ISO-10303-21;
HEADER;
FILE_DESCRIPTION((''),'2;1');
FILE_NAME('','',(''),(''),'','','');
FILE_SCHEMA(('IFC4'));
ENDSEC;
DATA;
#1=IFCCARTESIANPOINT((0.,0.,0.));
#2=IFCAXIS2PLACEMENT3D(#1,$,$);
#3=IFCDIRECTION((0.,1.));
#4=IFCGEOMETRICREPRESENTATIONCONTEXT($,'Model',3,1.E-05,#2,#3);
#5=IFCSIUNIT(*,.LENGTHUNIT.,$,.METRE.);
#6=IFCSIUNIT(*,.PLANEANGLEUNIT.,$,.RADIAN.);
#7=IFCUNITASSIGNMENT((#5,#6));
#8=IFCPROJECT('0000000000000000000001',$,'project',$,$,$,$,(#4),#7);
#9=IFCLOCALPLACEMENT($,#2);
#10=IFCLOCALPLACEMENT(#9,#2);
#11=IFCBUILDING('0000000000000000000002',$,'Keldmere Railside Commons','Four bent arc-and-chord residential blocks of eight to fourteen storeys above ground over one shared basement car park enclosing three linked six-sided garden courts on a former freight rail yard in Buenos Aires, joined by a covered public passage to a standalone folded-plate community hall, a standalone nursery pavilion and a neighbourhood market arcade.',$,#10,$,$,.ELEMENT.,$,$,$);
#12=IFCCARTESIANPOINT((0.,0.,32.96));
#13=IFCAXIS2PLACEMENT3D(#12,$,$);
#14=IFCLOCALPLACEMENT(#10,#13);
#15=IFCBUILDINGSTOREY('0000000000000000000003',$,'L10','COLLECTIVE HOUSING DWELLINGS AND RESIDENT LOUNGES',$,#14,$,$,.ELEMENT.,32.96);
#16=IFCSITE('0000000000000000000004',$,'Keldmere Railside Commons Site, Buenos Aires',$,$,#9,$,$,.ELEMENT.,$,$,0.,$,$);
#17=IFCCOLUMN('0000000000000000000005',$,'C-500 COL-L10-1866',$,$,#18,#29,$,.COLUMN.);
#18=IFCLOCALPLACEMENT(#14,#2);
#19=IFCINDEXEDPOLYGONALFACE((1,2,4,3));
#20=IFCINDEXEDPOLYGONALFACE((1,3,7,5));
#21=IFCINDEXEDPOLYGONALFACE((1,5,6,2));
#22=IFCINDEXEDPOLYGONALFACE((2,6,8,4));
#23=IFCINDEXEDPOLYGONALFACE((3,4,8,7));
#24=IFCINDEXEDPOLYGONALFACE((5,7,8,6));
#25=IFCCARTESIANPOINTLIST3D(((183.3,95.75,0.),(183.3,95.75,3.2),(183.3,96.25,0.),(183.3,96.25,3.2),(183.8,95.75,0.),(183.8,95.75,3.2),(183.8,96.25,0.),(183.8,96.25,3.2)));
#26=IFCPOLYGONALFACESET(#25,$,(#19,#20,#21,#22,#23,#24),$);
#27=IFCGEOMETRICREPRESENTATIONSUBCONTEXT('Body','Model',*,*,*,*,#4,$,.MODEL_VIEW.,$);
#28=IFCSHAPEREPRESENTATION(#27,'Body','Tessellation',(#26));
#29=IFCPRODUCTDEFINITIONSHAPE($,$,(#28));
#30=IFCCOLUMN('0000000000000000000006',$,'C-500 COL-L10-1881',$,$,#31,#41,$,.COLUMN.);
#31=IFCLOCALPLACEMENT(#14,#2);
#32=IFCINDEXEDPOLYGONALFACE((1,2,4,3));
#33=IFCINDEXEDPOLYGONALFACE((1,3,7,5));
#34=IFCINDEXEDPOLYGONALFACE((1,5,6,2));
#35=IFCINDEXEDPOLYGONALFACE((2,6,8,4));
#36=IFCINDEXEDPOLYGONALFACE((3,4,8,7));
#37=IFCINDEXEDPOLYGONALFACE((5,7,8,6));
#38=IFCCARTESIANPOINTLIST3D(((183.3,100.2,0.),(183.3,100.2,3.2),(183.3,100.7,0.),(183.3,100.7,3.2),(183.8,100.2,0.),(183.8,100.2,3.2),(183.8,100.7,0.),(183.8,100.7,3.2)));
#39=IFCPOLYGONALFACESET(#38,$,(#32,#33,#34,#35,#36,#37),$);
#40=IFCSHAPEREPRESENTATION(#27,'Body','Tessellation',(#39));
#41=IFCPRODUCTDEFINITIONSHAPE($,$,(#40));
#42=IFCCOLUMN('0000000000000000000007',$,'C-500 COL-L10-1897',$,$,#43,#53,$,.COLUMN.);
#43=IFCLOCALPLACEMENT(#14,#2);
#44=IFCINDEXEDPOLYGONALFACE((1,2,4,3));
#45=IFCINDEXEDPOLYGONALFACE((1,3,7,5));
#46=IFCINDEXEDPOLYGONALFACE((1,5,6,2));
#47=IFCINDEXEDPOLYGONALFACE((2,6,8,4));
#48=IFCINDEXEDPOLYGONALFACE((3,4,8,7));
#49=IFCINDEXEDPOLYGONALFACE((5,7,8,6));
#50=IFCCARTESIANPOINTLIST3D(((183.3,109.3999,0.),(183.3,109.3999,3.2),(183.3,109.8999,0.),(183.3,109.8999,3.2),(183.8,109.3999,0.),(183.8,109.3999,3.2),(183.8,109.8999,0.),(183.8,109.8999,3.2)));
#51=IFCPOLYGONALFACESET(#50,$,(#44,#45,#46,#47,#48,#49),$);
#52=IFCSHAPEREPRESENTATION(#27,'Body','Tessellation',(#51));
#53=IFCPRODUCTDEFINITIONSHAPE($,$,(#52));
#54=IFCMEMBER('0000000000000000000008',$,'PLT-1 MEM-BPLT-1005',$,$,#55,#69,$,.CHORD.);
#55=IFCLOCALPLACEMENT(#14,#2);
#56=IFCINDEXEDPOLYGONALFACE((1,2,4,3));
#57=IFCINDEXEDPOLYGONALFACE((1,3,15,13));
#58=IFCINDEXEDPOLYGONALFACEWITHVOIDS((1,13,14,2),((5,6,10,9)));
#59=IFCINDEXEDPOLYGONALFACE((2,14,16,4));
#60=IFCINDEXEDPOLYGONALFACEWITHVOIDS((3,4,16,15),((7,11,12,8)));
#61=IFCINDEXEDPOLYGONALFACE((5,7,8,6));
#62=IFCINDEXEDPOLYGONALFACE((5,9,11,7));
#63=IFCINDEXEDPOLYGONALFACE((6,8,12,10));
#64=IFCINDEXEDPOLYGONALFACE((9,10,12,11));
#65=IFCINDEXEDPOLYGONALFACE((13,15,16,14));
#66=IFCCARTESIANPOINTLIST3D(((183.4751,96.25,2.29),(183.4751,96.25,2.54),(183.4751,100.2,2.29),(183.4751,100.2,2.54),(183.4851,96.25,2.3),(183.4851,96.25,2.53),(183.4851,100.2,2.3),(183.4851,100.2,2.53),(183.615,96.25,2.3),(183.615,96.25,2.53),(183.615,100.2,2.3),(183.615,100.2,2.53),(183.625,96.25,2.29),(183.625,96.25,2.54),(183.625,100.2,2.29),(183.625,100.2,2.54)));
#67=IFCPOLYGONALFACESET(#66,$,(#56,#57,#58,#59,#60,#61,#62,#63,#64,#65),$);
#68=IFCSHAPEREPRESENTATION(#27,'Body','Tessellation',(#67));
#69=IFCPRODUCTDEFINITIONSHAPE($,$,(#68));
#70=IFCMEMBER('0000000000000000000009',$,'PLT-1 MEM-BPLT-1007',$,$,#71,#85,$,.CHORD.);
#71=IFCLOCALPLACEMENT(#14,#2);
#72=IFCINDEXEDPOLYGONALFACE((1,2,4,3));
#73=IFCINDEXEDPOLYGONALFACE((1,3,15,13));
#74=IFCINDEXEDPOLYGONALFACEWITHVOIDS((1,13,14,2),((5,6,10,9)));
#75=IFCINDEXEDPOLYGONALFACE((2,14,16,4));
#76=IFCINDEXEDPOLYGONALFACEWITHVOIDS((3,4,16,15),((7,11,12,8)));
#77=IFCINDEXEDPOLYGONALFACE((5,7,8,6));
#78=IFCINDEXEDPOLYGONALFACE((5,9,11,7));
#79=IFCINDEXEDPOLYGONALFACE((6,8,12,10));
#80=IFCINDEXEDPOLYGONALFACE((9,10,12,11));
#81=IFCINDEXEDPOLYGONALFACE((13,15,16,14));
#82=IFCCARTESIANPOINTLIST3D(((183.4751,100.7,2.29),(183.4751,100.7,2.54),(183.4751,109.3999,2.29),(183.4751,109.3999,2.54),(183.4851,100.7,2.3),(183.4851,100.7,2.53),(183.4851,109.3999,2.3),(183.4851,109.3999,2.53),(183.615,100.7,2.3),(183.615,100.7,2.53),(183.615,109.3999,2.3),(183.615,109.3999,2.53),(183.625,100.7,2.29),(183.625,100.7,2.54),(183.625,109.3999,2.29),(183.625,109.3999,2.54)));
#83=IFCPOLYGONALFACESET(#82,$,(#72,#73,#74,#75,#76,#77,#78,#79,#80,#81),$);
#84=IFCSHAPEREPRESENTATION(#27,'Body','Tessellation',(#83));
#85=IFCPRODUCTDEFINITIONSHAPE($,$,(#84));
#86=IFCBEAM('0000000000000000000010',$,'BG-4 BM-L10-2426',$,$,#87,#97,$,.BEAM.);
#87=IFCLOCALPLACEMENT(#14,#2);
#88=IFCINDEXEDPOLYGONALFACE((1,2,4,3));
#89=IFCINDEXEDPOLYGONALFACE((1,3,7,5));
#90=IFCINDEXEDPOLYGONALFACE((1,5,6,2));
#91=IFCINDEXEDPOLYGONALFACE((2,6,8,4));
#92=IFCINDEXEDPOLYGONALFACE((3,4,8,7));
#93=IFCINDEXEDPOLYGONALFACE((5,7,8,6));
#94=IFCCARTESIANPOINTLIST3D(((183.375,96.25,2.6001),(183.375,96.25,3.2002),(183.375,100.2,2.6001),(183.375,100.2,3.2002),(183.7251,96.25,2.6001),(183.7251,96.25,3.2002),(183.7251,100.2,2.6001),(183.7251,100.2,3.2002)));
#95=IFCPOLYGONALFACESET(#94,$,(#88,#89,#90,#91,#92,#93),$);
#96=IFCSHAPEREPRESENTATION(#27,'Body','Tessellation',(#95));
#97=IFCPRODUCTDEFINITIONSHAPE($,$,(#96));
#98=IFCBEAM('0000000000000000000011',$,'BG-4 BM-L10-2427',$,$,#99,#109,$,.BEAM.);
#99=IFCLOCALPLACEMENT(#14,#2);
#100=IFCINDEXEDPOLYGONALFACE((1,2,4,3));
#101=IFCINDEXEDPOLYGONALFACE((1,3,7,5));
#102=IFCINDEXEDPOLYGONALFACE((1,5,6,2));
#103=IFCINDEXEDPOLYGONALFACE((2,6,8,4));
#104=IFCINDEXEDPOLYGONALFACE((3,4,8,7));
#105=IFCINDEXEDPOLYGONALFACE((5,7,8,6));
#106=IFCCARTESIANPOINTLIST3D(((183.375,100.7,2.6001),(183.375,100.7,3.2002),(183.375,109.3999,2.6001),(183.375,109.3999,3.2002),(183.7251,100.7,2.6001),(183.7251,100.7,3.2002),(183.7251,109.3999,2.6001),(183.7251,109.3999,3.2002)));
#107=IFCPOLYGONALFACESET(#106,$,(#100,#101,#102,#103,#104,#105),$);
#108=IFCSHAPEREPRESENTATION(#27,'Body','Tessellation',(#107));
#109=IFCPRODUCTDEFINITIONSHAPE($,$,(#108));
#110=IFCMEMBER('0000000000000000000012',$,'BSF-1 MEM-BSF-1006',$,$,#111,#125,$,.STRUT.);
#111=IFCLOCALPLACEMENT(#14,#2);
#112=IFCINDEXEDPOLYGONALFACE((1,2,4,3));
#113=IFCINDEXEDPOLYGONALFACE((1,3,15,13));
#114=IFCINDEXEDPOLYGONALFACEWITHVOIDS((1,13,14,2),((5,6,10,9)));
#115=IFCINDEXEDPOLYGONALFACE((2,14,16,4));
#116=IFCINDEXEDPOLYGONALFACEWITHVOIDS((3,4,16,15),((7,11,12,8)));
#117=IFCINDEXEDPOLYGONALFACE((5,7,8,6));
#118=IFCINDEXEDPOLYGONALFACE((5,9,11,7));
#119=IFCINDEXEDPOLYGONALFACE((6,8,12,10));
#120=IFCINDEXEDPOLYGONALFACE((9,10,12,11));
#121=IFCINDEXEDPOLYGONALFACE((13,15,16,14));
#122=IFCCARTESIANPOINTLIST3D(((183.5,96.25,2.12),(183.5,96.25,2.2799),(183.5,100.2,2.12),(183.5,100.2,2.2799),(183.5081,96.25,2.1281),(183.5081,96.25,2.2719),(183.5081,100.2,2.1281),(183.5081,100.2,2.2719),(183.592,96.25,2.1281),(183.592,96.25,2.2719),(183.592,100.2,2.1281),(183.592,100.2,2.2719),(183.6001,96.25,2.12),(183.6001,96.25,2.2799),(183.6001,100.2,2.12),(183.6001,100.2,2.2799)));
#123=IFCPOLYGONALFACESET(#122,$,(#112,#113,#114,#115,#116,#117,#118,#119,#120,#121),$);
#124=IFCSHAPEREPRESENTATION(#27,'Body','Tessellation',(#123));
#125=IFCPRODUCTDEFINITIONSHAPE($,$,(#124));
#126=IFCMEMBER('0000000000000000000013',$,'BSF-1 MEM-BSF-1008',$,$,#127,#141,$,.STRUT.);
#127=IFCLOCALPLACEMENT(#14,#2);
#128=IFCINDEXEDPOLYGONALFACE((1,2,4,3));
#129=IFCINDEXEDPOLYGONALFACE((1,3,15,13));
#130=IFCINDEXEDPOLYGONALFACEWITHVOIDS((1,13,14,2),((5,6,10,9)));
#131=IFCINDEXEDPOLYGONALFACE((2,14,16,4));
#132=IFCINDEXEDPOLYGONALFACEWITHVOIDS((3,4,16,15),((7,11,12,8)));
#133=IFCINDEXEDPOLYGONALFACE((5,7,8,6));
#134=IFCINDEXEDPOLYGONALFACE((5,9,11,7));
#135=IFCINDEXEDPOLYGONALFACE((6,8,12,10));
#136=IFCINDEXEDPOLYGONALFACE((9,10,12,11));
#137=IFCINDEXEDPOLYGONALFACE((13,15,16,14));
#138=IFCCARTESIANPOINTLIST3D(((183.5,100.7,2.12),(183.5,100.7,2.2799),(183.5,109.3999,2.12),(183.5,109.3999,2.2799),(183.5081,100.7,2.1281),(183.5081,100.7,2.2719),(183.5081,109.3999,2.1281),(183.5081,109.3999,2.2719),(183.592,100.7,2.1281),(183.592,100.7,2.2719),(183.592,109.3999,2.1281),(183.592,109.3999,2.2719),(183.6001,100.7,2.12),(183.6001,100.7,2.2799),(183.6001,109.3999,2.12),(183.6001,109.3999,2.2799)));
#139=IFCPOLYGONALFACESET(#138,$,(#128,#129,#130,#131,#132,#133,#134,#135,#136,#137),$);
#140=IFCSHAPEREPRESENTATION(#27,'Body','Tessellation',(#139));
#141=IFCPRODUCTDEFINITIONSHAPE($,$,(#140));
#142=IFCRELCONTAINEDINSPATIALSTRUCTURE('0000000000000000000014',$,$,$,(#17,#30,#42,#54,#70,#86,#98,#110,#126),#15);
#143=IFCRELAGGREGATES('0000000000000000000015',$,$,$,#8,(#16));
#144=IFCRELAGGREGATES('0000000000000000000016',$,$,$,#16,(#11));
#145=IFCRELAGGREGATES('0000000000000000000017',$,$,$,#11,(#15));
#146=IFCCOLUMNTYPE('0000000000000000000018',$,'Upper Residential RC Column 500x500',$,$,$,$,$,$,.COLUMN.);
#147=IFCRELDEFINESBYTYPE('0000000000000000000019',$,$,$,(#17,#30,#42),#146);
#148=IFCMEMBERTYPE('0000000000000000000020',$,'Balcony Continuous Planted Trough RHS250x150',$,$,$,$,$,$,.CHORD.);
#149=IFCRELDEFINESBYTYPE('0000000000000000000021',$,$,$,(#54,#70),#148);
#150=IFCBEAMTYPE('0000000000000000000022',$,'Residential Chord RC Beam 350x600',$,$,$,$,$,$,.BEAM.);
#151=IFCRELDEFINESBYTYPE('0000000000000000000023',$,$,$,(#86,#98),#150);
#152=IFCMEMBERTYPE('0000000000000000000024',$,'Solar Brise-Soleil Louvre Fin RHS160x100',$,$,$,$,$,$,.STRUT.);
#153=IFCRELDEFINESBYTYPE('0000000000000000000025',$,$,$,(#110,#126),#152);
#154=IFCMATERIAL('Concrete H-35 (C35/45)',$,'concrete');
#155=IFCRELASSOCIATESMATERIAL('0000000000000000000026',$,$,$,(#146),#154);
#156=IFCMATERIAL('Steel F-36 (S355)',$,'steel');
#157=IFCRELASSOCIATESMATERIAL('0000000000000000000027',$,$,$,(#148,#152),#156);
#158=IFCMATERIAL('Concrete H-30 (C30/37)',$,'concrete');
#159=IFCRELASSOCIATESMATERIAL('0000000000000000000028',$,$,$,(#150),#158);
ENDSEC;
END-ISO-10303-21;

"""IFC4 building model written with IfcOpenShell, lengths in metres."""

from ifc_helpers import new_model, si_unit, direction, frame, origin, origin_2d, place, context, subcontext, project, spatial, rectangle, hollow_rectangle, extrude, material, material_profile, profile_set, type_object, element, save


model = new_model("IFC4")

# Units and contexts
model_context = context("Model", 3, precision=1e-05, world=origin(), true_north=direction((0.0, 1.0)))
body_context = subcontext(model_context, "Body", "Model", "MODEL_VIEW")
ifc_project = project(units=[si_unit("LENGTHUNIT", "METRE"), si_unit("PLANEANGLEUNIT", "RADIAN")], contexts=[model_context])

# Site, building, storey
site_placement = place(None, origin())
site = spatial("IfcSite", under=ifc_project, at=site_placement, Name="Keldmere Railside Commons Site, Buenos Aires", CompositionType="ELEMENT", RefElevation=0.0)
building_placement = place(site_placement, origin())
building = spatial("IfcBuilding", under=site, at=building_placement, Name="Keldmere Railside Commons", Description="Four bent arc-and-chord residential blocks of eight to fourteen storeys above ground over one shared basement car park enclosing three linked six-sided garden courts on a former freight rail yard in Buenos Aires, joined by a covered public passage to a standalone folded-plate community hall, a standalone nursery pavilion and a neighbourhood market arcade.", CompositionType="ELEMENT")
storey_placement = place(building_placement, frame((0.0, 0.0, 32.96)))
storey = spatial("IfcBuildingStorey", under=building, at=storey_placement, Name="L10", Description="COLLECTIVE HOUSING DWELLINGS AND RESIDENT LOUNGES", CompositionType="ELEMENT", Elevation=32.96)

# Columns
ifc_material_1 = material(Name="Concrete H-35 (C35/45)", Category="concrete")
ifc_material_profile_1 = material_profile(ifc_material_1, rectangle(XDim=0.5, YDim=0.5, at=origin_2d()), Name="RC-500x500")
ifc_profile_set_1 = profile_set([ifc_material_profile_1], Name="Concrete H-35 (C35/45)")
column_type = type_object("IfcColumnType", Name="Upper Residential RC Column 500x500", PredefinedType="COLUMN", material=ifc_profile_set_1)
for number, where, z_axis, x_axis, name in (
    (1, (183.55, 96.0, 0.0), (0.0, 0.0, 1.0), (1.0, 0.0, 0.0), "C-500 COL-L10-1866"),
    (2, (183.55, 100.45, 0.0), (0.0, 0.0, 1.0), (1.0, 0.0, 0.0), "C-500 COL-L10-1881"),
    (3, (183.55, 109.6499, 0.0), (0.0, 0.0, 1.0), (1.0, 0.0, 0.0), "C-500 COL-L10-1897"),
):
    element("IfcColumn", number, at=place(storey_placement, frame(where, z_axis=z_axis, x_axis=x_axis)), inside=storey, type_object=column_type, Name=name, PredefinedType="COLUMN", context=body_context, shape_type="SweptSolid", body=[
        extrude(rectangle(XDim=0.5, YDim=0.5, at=origin_2d()), origin(), (0.0, 0.0, 1.0), 3.2),
    ])

# Members
ifc_material_2 = material(Name="Steel F-36 (S355)", Category="steel")
ifc_material_profile_2 = material_profile(ifc_material_2, hollow_rectangle(XDim=0.1499, YDim=0.25, WallThickness=0.01, at=origin_2d()), Name="RHS-250x150x10")
ifc_profile_set_2 = profile_set([ifc_material_profile_2], Name="Steel F-36 (S355)")
member_type_1 = type_object("IfcMemberType", Name="Balcony Continuous Planted Trough RHS250x150", PredefinedType="CHORD", material=ifc_profile_set_2)
member_1_placement = place(storey_placement, frame((183.55, 96.25, 2.415), z_axis=(0.0, 1.0, 0.0), x_axis=(-1.0, 0.0, 0.0)))
element("IfcMember", 4, at=member_1_placement, inside=storey, type_object=member_type_1, Name="PLT-1 MEM-BPLT-1005", PredefinedType="CHORD", context=body_context, shape_type="SweptSolid", body=[
    extrude(hollow_rectangle(XDim=0.1499, YDim=0.25, WallThickness=0.01, at=origin_2d()), origin(), (0.0, 0.0, 1.0), 3.95),
])
member_2_placement = place(storey_placement, frame((183.55, 100.7, 2.415), z_axis=(0.0, 1.0, 0.0), x_axis=(-1.0, 0.0, 0.0)))
element("IfcMember", 5, at=member_2_placement, inside=storey, type_object=member_type_1, Name="PLT-1 MEM-BPLT-1007", PredefinedType="CHORD", context=body_context, shape_type="SweptSolid", body=[
    extrude(hollow_rectangle(XDim=0.1499, YDim=0.25, WallThickness=0.01, at=origin_2d()), origin(), (0.0, 0.0, 1.0), 8.7),
])

# Beams
ifc_material_3 = material(Name="Concrete H-30 (C30/37)", Category="concrete")
ifc_material_profile_3 = material_profile(ifc_material_3, rectangle(XDim=0.3501, YDim=0.6001, at=origin_2d()), Name="RC-350x600")
ifc_profile_set_3 = profile_set([ifc_material_profile_3], Name="Concrete H-30 (C30/37)")
beam_type = type_object("IfcBeamType", Name="Residential Chord RC Beam 350x600", PredefinedType="BEAM", material=ifc_profile_set_3)
beam_1_placement = place(storey_placement, frame((183.55, 96.25, 2.9001), z_axis=(0.0, 1.0, 0.0), x_axis=(-1.0, 0.0, 0.0)))
element("IfcBeam", 6, at=beam_1_placement, inside=storey, type_object=beam_type, Name="BG-4 BM-L10-2426", PredefinedType="BEAM", context=body_context, shape_type="SweptSolid", body=[
    extrude(rectangle(XDim=0.3501, YDim=0.6001, at=origin_2d()), origin(), (0.0, 0.0, 1.0), 3.95),
])
beam_2_placement = place(storey_placement, frame((183.55, 100.7, 2.9001), z_axis=(0.0, 1.0, 0.0), x_axis=(-1.0, 0.0, 0.0)))
element("IfcBeam", 7, at=beam_2_placement, inside=storey, type_object=beam_type, Name="BG-4 BM-L10-2427", PredefinedType="BEAM", context=body_context, shape_type="SweptSolid", body=[
    extrude(rectangle(XDim=0.3501, YDim=0.6001, at=origin_2d()), origin(), (0.0, 0.0, 1.0), 8.7),
])

# Members
ifc_material_profile_4 = material_profile(ifc_material_2, hollow_rectangle(XDim=0.1001, YDim=0.1599, WallThickness=0.0081, at=origin_2d()), Name="RHS-160x100x8")
ifc_profile_set_4 = profile_set([ifc_material_profile_4], Name="Steel F-36 (S355)")
member_type_2 = type_object("IfcMemberType", Name="Solar Brise-Soleil Louvre Fin RHS160x100", PredefinedType="STRUT", material=ifc_profile_set_4)
member_3_placement = place(storey_placement, frame((183.55, 96.25, 2.2), z_axis=(0.0, 1.0, 0.0), x_axis=(-1.0, 0.0, 0.0)))
element("IfcMember", 8, at=member_3_placement, inside=storey, type_object=member_type_2, Name="BSF-1 MEM-BSF-1006", PredefinedType="STRUT", context=body_context, shape_type="SweptSolid", body=[
    extrude(hollow_rectangle(XDim=0.1001, YDim=0.1599, WallThickness=0.0081, at=origin_2d()), origin(), (0.0, 0.0, 1.0), 3.95),
])
member_4_placement = place(storey_placement, frame((183.55, 100.7, 2.2), z_axis=(0.0, 1.0, 0.0), x_axis=(-1.0, 0.0, 0.0)))
element("IfcMember", 9, at=member_4_placement, inside=storey, type_object=member_type_2, Name="BSF-1 MEM-BSF-1008", PredefinedType="STRUT", context=body_context, shape_type="SweptSolid", body=[
    extrude(hollow_rectangle(XDim=0.1001, YDim=0.1599, WallThickness=0.0081, at=origin_2d()), origin(), (0.0, 0.0, 1.0), 8.7),
])

save(model, "model.ifc")
